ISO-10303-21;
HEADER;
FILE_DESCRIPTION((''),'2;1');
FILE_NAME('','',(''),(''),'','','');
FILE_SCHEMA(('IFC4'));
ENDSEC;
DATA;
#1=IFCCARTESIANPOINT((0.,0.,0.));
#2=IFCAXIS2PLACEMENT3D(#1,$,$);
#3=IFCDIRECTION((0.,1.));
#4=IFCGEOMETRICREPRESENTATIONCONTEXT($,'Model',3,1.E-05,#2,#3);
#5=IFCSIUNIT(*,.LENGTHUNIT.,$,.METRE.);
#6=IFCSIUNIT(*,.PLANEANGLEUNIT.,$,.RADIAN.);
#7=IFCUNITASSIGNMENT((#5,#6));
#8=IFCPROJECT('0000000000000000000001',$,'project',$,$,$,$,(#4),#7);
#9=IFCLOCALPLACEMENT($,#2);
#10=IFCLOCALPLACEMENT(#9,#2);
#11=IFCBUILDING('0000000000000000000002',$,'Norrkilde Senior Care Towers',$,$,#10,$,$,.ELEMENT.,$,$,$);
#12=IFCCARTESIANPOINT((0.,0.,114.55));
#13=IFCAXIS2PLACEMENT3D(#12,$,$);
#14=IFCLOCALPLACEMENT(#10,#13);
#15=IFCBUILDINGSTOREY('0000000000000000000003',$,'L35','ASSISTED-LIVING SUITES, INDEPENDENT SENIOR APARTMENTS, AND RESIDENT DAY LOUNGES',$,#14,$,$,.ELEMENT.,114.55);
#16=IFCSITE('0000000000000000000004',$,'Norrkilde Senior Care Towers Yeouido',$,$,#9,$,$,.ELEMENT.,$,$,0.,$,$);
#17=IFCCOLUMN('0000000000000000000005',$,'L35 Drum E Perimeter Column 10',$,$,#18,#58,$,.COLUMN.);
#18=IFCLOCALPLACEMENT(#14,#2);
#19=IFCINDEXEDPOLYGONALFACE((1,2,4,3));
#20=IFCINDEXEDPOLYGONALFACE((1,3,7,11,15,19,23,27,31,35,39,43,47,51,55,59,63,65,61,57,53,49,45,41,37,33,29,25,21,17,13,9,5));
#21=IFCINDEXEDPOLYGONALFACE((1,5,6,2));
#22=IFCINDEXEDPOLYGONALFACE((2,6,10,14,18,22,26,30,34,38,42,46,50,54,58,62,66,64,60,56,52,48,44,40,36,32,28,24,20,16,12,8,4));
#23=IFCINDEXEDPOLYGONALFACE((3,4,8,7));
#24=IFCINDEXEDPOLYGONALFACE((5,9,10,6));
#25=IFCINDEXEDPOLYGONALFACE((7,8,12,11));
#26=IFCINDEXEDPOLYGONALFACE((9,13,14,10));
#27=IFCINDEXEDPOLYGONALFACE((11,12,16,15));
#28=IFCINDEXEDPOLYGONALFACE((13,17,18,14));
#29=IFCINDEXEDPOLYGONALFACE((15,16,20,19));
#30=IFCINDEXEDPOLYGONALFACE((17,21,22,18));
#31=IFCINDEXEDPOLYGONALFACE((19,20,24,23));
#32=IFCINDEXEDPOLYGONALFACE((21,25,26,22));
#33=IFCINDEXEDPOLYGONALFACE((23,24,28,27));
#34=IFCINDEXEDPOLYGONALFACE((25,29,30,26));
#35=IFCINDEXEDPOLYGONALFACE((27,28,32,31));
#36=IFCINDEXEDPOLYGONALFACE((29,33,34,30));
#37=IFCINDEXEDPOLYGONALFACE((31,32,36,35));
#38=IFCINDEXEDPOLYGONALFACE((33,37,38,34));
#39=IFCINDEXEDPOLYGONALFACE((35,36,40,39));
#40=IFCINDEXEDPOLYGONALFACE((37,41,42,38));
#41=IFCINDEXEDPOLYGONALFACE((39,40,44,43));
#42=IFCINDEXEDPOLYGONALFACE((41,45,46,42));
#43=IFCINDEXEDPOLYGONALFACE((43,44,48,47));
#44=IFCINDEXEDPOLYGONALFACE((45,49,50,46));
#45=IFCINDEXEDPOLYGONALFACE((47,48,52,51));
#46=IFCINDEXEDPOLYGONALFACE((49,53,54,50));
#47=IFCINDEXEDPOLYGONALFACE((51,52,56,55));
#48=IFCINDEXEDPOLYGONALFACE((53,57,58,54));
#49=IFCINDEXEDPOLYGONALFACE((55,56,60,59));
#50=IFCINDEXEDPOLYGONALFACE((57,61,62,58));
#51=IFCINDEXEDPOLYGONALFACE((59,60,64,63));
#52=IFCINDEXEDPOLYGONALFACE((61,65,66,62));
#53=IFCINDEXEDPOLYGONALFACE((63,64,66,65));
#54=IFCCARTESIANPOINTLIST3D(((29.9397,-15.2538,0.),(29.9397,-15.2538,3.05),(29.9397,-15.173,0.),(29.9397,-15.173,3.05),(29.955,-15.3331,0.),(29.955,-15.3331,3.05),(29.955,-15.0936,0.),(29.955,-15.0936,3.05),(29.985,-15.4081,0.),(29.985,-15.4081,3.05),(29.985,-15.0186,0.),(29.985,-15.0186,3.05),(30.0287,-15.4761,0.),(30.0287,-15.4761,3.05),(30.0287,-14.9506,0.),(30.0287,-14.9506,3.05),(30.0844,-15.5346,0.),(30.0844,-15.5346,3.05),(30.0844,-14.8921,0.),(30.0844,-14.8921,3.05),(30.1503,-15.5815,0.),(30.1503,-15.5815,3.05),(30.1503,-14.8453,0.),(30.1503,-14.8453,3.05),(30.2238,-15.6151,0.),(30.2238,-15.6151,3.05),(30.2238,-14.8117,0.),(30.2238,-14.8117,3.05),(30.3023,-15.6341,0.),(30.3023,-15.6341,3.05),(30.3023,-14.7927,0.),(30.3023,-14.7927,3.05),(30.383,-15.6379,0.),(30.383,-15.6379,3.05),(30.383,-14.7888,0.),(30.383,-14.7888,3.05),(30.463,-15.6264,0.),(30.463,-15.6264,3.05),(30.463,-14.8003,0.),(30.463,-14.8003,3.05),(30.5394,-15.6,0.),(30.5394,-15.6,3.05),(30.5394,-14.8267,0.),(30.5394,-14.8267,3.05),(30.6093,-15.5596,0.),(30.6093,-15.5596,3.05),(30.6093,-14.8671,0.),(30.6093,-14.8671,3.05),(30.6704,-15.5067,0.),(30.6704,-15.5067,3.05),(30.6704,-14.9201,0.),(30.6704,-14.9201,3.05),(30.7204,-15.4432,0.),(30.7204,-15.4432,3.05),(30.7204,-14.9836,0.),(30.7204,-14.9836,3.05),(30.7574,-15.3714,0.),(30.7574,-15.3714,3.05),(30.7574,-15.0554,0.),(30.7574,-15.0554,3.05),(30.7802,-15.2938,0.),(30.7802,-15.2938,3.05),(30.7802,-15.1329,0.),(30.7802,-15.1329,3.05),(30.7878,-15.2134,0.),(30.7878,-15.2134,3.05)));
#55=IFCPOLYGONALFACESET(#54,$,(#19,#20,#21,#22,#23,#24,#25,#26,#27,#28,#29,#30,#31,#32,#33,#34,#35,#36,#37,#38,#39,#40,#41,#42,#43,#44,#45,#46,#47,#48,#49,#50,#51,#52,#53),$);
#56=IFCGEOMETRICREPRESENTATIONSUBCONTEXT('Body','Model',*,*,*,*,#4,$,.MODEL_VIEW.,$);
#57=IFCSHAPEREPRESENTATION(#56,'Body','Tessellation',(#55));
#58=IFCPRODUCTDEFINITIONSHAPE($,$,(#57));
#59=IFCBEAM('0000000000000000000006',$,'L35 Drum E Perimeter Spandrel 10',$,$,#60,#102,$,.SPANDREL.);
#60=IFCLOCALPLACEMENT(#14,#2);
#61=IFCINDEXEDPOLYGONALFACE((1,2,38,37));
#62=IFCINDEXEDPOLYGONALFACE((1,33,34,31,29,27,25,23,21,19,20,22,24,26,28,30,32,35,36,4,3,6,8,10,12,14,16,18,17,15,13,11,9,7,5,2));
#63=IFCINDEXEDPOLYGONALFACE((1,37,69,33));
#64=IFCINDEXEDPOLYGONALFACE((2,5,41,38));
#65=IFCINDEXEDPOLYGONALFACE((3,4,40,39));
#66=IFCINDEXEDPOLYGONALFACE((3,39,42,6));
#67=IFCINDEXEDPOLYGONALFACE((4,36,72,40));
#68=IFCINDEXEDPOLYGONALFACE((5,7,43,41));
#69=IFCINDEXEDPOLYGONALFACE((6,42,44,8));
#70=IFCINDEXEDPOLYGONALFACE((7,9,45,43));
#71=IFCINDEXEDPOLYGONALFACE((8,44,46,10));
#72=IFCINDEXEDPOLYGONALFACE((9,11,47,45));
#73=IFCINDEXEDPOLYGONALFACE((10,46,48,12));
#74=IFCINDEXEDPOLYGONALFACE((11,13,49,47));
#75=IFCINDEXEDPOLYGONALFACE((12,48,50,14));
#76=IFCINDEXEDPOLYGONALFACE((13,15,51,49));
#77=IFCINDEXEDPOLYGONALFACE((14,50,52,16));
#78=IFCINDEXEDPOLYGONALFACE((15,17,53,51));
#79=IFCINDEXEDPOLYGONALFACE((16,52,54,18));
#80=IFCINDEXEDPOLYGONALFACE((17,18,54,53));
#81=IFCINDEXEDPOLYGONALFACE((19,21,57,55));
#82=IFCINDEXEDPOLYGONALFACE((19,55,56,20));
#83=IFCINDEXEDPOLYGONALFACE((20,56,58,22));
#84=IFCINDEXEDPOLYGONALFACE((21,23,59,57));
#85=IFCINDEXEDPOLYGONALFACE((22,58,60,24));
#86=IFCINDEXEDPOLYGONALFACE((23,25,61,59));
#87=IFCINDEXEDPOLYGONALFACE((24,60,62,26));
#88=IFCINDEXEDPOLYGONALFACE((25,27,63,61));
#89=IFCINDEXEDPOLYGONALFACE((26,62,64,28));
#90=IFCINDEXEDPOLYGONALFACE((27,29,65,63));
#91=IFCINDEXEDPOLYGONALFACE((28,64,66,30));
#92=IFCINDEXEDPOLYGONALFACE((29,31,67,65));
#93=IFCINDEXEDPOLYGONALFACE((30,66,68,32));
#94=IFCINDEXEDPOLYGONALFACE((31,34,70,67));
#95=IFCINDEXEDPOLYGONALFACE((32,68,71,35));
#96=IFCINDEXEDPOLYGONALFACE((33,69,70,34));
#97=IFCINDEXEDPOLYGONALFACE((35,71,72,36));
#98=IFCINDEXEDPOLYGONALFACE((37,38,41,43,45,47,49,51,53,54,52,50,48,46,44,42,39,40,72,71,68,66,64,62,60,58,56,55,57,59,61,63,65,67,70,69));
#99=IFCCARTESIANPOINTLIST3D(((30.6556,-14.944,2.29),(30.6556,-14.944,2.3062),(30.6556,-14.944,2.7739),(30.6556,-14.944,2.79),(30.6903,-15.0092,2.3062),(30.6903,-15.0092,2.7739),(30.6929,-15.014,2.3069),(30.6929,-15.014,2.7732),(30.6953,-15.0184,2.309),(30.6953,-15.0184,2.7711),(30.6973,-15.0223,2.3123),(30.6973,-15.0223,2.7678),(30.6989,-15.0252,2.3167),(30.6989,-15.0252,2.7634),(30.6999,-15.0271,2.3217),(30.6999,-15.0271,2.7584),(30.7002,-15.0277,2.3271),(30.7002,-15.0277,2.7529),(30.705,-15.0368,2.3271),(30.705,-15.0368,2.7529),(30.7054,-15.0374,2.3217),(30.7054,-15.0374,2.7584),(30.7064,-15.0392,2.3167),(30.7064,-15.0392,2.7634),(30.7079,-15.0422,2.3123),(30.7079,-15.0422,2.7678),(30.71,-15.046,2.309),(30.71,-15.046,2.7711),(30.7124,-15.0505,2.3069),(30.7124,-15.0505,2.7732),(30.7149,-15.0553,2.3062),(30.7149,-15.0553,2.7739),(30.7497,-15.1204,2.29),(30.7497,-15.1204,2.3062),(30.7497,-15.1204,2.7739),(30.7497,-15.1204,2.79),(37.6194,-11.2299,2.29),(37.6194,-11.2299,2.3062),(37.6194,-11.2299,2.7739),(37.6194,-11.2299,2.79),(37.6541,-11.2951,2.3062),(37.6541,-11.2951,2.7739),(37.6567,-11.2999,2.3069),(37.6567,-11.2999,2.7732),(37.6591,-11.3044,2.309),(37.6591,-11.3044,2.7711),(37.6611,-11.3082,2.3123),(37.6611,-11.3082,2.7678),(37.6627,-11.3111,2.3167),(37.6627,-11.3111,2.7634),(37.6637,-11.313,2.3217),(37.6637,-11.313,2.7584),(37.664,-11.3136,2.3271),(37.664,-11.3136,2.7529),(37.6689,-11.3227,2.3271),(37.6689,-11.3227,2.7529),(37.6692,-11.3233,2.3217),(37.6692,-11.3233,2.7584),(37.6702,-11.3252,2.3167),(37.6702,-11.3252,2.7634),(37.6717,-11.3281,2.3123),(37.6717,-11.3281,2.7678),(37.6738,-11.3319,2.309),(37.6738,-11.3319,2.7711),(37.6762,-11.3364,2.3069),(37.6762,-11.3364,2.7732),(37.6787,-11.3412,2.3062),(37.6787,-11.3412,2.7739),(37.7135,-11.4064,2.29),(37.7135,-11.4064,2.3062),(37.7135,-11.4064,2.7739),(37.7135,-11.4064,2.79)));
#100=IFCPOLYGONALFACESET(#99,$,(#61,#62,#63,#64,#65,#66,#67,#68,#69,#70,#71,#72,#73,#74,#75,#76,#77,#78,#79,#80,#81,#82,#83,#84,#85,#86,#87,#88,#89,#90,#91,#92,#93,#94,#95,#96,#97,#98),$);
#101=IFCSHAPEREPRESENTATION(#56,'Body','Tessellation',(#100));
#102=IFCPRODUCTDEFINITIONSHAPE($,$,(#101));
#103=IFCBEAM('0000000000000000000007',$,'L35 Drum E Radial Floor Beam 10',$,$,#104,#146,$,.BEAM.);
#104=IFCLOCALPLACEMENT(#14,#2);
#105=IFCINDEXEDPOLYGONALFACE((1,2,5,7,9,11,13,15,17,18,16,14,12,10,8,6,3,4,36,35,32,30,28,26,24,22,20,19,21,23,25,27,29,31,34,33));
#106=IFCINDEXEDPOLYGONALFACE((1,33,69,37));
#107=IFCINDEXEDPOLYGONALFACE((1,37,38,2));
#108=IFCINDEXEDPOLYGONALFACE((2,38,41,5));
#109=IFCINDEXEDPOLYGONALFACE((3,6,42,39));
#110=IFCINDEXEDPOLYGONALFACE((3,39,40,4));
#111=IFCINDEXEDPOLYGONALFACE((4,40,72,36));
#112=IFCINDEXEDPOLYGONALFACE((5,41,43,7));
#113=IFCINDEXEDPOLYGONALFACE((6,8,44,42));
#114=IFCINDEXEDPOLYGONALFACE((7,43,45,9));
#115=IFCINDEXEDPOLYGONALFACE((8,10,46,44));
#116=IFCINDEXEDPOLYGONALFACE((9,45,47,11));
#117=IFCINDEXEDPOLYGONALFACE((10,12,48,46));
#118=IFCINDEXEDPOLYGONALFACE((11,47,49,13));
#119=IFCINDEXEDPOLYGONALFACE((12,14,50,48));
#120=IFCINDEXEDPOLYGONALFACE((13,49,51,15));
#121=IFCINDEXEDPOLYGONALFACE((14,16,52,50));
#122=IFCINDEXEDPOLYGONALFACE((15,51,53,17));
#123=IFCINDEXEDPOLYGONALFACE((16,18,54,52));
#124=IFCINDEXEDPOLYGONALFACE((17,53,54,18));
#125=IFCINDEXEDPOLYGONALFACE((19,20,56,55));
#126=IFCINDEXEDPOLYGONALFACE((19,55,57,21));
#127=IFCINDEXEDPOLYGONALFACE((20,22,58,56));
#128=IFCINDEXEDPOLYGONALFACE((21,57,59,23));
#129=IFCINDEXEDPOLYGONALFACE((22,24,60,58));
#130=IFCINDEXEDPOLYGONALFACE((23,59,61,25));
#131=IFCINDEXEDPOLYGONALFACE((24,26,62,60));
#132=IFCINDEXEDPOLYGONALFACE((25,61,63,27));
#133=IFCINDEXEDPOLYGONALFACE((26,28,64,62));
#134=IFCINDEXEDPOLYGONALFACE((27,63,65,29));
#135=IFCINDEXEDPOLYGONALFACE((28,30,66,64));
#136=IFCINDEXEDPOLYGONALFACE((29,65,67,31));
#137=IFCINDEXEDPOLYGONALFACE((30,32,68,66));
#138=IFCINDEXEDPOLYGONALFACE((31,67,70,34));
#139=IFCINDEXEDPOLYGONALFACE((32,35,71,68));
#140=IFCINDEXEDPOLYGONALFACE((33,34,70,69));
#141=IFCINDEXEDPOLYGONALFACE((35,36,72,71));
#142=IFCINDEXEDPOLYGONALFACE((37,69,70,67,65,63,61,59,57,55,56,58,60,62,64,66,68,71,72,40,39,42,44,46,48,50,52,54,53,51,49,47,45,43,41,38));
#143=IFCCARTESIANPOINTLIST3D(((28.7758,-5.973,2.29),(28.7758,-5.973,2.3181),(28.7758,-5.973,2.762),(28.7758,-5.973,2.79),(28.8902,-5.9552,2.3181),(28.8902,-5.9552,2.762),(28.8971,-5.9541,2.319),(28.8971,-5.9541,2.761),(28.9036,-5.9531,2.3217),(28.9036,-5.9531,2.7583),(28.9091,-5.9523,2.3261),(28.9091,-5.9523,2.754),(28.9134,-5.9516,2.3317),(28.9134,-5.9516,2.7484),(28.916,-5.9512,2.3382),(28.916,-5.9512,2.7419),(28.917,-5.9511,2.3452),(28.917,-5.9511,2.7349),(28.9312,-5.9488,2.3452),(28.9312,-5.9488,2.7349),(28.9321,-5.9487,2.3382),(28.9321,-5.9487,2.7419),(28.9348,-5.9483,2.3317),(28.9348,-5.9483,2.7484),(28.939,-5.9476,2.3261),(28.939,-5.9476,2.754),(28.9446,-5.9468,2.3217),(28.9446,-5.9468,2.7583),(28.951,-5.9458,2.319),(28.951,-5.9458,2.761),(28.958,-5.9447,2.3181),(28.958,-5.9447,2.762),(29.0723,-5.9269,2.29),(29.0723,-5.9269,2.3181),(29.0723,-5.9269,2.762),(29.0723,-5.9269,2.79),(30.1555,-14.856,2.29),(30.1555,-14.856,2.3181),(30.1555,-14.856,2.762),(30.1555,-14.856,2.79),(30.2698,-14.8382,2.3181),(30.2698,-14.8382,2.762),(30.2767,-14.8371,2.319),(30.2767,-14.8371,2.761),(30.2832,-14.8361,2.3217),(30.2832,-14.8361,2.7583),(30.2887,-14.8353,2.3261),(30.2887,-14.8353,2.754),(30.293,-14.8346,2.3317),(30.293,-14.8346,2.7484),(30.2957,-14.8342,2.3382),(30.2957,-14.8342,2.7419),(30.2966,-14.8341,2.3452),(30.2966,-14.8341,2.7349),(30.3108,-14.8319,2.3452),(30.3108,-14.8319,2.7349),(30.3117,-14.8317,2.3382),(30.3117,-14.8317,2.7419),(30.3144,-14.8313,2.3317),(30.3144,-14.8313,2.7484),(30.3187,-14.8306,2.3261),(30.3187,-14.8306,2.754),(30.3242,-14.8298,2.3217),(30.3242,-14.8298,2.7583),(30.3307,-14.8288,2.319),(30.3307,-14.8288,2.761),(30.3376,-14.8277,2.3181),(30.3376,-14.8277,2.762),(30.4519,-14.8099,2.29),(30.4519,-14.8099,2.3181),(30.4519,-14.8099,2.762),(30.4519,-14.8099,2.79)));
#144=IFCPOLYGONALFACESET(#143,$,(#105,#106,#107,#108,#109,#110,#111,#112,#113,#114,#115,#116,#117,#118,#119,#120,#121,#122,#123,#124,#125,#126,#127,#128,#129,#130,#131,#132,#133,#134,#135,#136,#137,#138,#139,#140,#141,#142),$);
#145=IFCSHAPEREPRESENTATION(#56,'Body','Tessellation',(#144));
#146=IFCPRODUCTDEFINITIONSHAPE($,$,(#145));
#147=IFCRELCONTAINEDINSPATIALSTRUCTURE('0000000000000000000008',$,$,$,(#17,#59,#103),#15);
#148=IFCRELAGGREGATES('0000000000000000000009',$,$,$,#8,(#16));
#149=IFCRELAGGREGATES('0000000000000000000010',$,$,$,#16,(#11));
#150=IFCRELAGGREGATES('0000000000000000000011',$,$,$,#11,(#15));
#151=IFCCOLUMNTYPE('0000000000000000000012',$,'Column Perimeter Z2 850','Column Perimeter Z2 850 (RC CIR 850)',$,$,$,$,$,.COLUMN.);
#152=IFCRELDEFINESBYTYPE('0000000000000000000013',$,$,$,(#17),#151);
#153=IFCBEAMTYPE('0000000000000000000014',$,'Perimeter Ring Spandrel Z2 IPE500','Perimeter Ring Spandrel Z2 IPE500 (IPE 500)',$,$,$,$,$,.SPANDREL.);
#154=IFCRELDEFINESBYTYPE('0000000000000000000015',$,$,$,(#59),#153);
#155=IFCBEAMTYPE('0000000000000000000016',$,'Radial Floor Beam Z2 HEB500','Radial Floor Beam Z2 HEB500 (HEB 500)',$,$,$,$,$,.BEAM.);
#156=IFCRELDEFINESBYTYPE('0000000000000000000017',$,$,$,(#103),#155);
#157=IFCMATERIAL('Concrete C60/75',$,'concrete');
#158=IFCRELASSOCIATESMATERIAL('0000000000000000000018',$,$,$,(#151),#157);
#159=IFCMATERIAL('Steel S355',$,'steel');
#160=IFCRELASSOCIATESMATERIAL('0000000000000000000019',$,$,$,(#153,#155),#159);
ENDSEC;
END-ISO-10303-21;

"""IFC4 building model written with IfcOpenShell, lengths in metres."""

from ifc_helpers import new_model, si_unit, direction, frame, origin, origin_2d, place, context, subcontext, project, spatial, circle, i_section, extrude, source, transform, mapped, material, material_profile, profile_set, type_object, type_shapes, element, save


model = new_model("IFC4")

# Units and contexts
model_context = context("Model", 3, precision=1e-05, world=origin(), true_north=direction((0.0, 1.0)))
body_context = subcontext(model_context, "Body", "Model", "MODEL_VIEW")
ifc_project = project(units=[si_unit("LENGTHUNIT", "METRE"), si_unit("PLANEANGLEUNIT", "RADIAN")], contexts=[model_context])

# Site, building, storey
site_placement = place(None, origin())
site = spatial("IfcSite", under=ifc_project, at=site_placement, Name="Norrkilde Senior Care Towers Yeouido", CompositionType="ELEMENT", RefElevation=0.0)
building_placement = place(site_placement, origin())
building = spatial("IfcBuilding", under=site, at=building_placement, Name="Norrkilde Senior Care Towers", CompositionType="ELEMENT")
storey_placement = place(building_placement, frame((0.0, 0.0, 114.55)))
storey = spatial("IfcBuildingStorey", under=building, at=storey_placement, Name="L35", Description="ASSISTED-LIVING SUITES, INDEPENDENT SENIOR APARTMENTS, AND RESIDENT DAY LOUNGES", CompositionType="ELEMENT", Elevation=114.55)

# Column
ifc_material_1 = material(Name="Concrete C60/75", Category="concrete")
ifc_material_profile_1 = material_profile(ifc_material_1, circle(Radius=0.425, at=origin_2d()), Name="RC CIR 850")
ifc_profile_set_1 = profile_set([ifc_material_profile_1], Name="Concrete C60/75")
column_type = type_object("IfcColumnType", Name="Column Perimeter Z2 850", Description="Column Perimeter Z2 850 (RC CIR 850)", PredefinedType="COLUMN", material=ifc_profile_set_1)
shared_shape_1 = source(origin(), body_context, "Body", "SweptSolid", [
    extrude(circle(Radius=0.425, at=origin_2d()), origin(), (0.0, 0.0, 1.0), 3.05),
])
type_shapes(column_type, [shared_shape_1])
column_placement = place(storey_placement, frame((30.3628, -15.2134, 0.0), z_axis=(0.0, 0.0, 1.0), x_axis=(1.0, 0.0, 0.0)))
element("IfcColumn", 1, at=column_placement, inside=storey, type_object=column_type, Name="L35 Drum E Perimeter Column 10", PredefinedType="COLUMN", context=body_context, shape_type="MappedRepresentation", body=[
    mapped(shared_shape_1, transform((0.0, 0.0, 0.0), x_axis=(1.0, 0.0, 0.0), y_axis=(0.0, 1.0, 0.0), z_axis=(0.0, 0.0, 1.0), scale=1.0)),
])

# Beams
ifc_material_2 = material(Name="Steel S355", Category="steel")
ifc_material_profile_2 = material_profile(ifc_material_2, i_section(OverallWidth=0.2, OverallDepth=0.5, WebThickness=0.0103, FlangeThickness=0.0161, FilletRadius=0.021, at=origin_2d()), Name="IPE 500")
ifc_profile_set_2 = profile_set([ifc_material_profile_2], Name="Steel S355")
beam_type_1 = type_object("IfcBeamType", Name="Perimeter Ring Spandrel Z2 IPE500", Description="Perimeter Ring Spandrel Z2 IPE500 (IPE 500)", PredefinedType="SPANDREL", material=ifc_profile_set_2)
shared_shape_2 = source(origin(), body_context, "Body", "SweptSolid", [
    extrude(i_section(OverallWidth=0.2, OverallDepth=0.5, WebThickness=0.0103, FlangeThickness=0.0161, FilletRadius=0.021, at=origin_2d()), origin(), (0.0, 0.0, 1.0), 7.8923),
])
type_shapes(beam_type_1, [shared_shape_2])
beam_1_placement = place(storey_placement, frame((30.7026, -15.0322, 2.54), z_axis=(0.88235, 0.470593, 0.0), x_axis=(-0.470593, 0.88235, 0.0)))
element("IfcBeam", 2, at=beam_1_placement, inside=storey, type_object=beam_type_1, Name="L35 Drum E Perimeter Spandrel 10", PredefinedType="SPANDREL", context=body_context, shape_type="MappedRepresentation", body=[
    mapped(shared_shape_2, transform((0.0, 0.0, 0.0), x_axis=(1.0, 0.0, 0.0), y_axis=(0.0, 1.0, 0.0), z_axis=(0.0, 0.0, 1.0), scale=1.0)),
])
ifc_material_profile_3 = material_profile(ifc_material_2, i_section(OverallWidth=0.3, OverallDepth=0.5, WebThickness=0.0144, FlangeThickness=0.0281, FilletRadius=0.0271, at=origin_2d()), Name="HEB 500")
ifc_profile_set_3 = profile_set([ifc_material_profile_3], Name="Steel S355")
beam_type_2 = type_object("IfcBeamType", Name="Radial Floor Beam Z2 HEB500", Description="Radial Floor Beam Z2 HEB500 (HEB 500)", PredefinedType="BEAM", material=ifc_profile_set_3)
shared_shape_3 = source(origin(), body_context, "Body", "SweptSolid", [
    extrude(i_section(OverallWidth=0.3, OverallDepth=0.5, WebThickness=0.0144, FlangeThickness=0.0281, FilletRadius=0.0271, at=origin_2d()), origin(), (0.0, 0.0, 1.0), 8.9895),
])
beam_2_placement = place(storey_placement, frame((28.9241, -5.95, 2.54), z_axis=(0.153471, -0.988153, 0.0), x_axis=(0.988153, 0.153471, 0.0)))
element("IfcBeam", 3, at=beam_2_placement, inside=storey, type_object=beam_type_2, Name="L35 Drum E Radial Floor Beam 10", PredefinedType="BEAM", context=body_context, shape_type="MappedRepresentation", body=[
    mapped(shared_shape_3, transform((0.0, 0.0, 0.0), x_axis=(1.0, 0.0, 0.0), y_axis=(0.0, 1.0, 0.0), z_axis=(0.0, 0.0, 1.0), scale=1.0)),
])

save(model, "model.ifc")
